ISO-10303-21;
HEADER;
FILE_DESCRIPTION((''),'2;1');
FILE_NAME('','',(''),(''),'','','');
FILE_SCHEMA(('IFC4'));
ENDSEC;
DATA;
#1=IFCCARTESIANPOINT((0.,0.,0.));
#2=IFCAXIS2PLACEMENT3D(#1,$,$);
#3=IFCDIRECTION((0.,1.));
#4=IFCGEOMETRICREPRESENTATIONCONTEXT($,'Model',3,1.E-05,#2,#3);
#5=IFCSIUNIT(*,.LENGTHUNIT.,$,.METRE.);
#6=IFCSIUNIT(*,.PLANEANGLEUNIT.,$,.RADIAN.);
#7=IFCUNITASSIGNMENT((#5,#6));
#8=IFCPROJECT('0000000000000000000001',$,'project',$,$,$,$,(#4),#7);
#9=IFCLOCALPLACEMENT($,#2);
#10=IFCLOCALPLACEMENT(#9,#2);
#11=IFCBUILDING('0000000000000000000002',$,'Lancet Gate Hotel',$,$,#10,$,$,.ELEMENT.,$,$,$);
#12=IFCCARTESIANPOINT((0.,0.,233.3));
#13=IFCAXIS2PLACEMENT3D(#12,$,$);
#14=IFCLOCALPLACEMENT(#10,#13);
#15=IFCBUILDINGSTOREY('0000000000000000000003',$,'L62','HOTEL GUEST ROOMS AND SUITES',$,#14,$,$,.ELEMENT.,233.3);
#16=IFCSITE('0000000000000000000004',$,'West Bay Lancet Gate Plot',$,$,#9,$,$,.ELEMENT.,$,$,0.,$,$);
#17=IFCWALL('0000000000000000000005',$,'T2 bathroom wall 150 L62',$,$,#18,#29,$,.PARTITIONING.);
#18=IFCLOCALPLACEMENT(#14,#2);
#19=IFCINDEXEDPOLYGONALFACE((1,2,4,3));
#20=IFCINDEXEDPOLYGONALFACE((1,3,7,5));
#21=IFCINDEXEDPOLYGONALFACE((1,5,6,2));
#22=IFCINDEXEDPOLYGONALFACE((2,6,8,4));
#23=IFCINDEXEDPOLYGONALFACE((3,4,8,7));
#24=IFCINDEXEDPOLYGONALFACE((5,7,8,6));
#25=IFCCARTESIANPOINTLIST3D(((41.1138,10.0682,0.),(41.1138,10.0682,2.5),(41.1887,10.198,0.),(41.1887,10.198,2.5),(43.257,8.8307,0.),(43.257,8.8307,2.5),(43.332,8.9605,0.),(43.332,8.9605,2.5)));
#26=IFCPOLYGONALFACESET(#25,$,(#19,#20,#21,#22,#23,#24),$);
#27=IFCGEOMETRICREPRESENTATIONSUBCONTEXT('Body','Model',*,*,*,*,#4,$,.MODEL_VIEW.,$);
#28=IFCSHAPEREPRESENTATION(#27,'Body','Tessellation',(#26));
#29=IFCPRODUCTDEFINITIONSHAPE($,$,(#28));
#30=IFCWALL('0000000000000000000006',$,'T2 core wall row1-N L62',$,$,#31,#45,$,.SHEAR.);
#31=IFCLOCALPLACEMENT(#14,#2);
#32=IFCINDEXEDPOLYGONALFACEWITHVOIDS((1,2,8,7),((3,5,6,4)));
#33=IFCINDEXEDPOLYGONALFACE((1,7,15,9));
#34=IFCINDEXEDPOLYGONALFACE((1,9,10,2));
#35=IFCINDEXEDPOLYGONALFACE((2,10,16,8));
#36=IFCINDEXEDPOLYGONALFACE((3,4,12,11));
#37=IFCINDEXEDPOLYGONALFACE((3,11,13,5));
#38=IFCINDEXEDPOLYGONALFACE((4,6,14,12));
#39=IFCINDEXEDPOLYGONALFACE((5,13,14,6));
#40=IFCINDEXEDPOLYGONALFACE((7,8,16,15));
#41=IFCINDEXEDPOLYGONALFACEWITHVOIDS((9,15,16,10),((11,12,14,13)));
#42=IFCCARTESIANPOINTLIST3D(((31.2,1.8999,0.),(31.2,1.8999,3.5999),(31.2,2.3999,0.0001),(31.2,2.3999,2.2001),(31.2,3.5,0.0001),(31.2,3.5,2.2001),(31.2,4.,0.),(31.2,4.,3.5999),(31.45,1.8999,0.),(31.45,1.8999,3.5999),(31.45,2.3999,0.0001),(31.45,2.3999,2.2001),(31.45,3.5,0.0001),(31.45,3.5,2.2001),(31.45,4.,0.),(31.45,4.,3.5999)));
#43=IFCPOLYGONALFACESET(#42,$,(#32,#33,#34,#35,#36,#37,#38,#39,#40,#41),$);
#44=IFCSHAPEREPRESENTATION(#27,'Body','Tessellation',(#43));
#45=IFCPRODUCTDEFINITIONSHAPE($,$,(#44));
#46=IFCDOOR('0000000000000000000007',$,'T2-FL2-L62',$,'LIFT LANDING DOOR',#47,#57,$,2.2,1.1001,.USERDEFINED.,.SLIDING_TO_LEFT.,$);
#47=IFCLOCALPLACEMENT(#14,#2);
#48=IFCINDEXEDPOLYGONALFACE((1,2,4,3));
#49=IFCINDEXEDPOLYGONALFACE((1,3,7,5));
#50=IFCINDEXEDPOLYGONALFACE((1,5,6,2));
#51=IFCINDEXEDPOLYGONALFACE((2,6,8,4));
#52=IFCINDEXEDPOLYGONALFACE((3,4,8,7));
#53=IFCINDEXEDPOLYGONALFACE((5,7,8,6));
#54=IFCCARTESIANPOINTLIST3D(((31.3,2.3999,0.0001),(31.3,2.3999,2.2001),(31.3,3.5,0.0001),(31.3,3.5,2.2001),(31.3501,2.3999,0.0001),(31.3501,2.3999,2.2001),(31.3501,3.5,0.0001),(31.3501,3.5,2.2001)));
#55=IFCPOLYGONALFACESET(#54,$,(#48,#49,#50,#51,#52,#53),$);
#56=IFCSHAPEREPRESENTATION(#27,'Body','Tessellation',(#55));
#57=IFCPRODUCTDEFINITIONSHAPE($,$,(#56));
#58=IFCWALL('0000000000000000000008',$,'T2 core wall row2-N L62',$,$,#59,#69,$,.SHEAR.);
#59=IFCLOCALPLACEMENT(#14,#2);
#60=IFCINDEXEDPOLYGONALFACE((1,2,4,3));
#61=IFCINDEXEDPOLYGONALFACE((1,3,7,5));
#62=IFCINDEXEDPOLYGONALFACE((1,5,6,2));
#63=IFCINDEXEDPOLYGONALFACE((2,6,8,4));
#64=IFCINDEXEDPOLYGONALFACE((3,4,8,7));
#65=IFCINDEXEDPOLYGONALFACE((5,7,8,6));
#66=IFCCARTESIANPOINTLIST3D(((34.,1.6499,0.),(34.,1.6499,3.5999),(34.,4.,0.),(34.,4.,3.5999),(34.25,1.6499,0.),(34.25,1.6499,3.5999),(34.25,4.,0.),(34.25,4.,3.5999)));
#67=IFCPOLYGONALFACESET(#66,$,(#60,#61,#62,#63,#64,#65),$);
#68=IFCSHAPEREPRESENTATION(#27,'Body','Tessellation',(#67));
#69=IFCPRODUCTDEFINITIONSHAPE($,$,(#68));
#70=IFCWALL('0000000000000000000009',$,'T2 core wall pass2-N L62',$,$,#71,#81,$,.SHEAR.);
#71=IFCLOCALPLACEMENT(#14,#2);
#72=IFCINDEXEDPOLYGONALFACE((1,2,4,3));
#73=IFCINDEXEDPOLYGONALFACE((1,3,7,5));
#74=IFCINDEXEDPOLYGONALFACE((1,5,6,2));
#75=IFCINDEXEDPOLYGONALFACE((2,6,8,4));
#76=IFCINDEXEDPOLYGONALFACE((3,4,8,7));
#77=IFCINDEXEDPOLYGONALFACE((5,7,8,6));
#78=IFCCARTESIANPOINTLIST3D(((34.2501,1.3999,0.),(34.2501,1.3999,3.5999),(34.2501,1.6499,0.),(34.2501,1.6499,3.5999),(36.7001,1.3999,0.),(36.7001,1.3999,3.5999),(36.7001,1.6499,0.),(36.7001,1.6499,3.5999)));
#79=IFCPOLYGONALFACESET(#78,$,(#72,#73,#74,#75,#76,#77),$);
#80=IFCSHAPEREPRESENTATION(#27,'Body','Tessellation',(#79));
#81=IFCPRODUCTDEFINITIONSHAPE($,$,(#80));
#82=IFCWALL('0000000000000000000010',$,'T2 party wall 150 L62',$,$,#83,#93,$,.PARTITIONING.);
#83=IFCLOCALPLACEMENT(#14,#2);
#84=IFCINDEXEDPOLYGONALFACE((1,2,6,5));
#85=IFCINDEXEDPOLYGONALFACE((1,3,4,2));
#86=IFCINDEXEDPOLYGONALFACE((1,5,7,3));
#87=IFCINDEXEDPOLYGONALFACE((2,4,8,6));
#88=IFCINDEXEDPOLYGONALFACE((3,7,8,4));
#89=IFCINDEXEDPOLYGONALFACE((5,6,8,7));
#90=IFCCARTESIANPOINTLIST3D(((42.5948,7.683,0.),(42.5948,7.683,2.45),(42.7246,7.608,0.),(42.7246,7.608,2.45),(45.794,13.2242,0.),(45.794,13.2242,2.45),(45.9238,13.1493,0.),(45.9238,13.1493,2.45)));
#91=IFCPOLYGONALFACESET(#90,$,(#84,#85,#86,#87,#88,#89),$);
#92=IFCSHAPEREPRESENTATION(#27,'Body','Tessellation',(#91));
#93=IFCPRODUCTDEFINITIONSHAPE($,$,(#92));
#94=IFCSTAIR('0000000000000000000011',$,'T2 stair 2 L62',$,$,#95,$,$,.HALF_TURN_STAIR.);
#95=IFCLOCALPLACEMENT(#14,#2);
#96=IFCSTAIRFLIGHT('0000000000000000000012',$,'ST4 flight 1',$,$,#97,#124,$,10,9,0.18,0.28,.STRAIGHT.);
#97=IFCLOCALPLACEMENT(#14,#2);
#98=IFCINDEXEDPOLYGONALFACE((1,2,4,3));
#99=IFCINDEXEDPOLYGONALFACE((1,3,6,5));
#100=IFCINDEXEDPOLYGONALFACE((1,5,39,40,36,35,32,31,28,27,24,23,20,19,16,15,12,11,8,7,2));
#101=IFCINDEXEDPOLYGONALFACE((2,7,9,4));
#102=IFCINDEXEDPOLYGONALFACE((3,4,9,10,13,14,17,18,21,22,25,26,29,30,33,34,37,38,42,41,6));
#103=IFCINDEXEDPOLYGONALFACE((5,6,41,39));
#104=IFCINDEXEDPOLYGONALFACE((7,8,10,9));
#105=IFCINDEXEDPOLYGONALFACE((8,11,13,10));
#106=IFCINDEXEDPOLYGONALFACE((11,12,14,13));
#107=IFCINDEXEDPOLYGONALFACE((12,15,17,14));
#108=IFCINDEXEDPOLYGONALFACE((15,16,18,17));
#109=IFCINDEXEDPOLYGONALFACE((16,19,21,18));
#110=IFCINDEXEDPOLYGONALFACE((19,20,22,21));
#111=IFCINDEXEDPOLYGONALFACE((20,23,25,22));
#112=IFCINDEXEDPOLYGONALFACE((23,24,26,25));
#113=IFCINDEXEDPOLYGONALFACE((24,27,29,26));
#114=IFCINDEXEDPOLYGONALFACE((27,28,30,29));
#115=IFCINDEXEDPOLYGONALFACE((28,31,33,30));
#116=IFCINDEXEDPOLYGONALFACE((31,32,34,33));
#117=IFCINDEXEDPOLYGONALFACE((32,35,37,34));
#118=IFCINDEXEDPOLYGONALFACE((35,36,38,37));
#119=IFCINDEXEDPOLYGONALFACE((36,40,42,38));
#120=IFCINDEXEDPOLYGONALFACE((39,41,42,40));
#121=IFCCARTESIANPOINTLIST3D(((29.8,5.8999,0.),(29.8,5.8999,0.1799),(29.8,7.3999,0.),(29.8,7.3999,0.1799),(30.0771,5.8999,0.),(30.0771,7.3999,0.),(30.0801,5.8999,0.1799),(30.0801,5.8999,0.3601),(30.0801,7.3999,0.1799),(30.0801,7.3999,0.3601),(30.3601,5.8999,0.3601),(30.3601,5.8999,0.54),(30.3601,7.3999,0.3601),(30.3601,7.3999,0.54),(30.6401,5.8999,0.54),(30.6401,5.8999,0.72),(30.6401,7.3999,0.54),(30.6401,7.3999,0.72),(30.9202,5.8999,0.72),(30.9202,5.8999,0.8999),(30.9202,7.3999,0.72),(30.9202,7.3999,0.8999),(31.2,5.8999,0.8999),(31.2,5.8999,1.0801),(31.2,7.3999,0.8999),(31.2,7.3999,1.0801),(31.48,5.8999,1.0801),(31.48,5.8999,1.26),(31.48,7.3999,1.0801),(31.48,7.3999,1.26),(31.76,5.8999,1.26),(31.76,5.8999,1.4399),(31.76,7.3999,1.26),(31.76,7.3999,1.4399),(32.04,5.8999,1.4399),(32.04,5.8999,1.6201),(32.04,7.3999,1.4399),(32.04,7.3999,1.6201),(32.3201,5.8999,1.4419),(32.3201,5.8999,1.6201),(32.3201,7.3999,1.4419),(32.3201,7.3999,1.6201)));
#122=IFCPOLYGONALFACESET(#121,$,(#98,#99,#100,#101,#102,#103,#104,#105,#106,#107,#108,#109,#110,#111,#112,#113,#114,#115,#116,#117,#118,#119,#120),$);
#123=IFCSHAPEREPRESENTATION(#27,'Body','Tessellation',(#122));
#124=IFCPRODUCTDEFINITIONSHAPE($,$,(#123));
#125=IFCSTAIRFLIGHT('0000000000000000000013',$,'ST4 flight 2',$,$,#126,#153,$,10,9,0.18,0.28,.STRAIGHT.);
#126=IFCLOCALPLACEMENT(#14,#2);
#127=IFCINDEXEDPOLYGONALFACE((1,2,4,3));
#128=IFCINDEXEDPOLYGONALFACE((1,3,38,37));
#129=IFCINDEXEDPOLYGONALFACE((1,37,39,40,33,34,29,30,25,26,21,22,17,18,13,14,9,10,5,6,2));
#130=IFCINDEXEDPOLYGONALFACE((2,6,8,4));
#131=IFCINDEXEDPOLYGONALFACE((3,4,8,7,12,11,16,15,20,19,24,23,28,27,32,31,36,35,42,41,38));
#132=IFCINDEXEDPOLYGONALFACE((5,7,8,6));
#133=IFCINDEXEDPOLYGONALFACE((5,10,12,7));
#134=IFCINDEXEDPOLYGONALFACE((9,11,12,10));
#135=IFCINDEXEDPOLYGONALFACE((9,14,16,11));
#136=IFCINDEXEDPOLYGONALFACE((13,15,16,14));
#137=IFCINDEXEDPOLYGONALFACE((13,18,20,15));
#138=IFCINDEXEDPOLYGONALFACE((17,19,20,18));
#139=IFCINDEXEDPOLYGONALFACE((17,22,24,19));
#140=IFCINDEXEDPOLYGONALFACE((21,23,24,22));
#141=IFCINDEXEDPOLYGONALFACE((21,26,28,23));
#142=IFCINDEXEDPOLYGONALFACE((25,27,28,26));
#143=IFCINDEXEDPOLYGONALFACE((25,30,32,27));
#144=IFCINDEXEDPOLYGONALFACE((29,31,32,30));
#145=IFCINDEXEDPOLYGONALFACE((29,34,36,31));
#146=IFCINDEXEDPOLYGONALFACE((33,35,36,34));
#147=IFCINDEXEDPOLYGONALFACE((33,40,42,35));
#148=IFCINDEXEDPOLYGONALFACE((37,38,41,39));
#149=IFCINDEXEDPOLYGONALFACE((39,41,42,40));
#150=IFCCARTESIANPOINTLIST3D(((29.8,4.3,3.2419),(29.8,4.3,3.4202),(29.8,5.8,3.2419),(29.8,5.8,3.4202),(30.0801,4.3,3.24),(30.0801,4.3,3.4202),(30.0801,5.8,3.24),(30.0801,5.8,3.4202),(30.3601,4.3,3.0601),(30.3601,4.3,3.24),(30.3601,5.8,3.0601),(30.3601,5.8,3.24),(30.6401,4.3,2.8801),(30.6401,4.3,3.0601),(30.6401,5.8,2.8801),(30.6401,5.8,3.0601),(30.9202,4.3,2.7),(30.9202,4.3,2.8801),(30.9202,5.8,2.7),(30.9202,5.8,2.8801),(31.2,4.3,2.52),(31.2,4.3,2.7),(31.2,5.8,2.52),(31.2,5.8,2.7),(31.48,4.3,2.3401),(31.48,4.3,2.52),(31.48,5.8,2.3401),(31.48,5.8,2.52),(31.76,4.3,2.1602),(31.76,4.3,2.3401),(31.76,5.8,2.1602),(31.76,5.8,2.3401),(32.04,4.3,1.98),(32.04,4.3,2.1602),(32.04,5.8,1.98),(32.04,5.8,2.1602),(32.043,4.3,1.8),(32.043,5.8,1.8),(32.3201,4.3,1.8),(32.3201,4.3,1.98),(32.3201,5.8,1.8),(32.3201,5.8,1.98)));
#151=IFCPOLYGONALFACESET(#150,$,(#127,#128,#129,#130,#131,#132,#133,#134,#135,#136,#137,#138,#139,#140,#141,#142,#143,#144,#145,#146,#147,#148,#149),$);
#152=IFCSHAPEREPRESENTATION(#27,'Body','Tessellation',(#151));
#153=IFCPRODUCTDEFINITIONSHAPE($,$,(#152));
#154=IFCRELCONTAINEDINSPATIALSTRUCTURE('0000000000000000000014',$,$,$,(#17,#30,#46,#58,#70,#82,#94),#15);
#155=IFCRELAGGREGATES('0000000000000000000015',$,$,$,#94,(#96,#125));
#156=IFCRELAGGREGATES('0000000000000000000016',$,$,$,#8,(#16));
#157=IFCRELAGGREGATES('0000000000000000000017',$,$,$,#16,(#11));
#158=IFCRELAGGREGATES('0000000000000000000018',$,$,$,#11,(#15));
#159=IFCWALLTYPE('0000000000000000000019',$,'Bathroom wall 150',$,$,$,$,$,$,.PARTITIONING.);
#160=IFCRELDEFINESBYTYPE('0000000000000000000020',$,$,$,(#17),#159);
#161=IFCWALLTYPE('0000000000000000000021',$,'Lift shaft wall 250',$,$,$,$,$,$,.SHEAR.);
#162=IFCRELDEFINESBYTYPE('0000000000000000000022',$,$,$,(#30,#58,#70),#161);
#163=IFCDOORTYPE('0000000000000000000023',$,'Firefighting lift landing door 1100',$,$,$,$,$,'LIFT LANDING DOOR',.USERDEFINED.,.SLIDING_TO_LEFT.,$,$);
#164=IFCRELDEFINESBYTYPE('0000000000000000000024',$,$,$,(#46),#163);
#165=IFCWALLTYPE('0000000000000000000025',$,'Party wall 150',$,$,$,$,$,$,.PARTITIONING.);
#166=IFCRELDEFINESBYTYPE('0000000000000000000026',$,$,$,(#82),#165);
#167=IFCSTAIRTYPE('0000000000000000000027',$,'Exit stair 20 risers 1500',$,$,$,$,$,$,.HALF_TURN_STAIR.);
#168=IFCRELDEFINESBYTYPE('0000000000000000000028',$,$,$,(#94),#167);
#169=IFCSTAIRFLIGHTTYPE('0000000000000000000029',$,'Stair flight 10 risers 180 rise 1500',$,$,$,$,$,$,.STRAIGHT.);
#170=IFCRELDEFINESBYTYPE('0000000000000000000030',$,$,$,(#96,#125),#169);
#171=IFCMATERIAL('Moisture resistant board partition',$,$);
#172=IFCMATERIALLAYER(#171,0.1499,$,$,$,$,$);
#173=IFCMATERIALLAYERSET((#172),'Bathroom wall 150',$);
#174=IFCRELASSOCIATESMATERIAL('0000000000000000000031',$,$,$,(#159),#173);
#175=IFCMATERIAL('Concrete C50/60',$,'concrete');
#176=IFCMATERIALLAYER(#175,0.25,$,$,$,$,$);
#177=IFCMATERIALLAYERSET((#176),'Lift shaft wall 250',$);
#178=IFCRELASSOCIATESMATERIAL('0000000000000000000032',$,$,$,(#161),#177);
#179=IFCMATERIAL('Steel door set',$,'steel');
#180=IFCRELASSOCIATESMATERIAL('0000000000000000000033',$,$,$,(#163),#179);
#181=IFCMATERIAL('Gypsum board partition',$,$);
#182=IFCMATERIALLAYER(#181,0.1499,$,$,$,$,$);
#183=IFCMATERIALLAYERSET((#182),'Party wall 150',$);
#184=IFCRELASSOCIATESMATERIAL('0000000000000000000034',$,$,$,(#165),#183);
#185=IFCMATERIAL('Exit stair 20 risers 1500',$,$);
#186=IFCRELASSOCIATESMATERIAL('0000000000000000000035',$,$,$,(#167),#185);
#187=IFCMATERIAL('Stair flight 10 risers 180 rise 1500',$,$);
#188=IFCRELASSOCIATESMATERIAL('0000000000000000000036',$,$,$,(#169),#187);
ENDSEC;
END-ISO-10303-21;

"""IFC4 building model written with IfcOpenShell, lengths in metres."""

from ifc_helpers import new_model, si_unit, direction, frame, frame_2d, origin, place, context, subcontext, project, spatial, polyline, rectangle, outline, extrude, material, layer, layer_set, type_object, element, fill, aggregate, save


model = new_model("IFC4")

# Units and contexts
model_context = context("Model", 3, precision=1e-05, world=origin(), true_north=direction((0.0, 1.0)))
body_context = subcontext(model_context, "Body", "Model", "MODEL_VIEW")
ifc_project = project(units=[si_unit("LENGTHUNIT", "METRE"), si_unit("PLANEANGLEUNIT", "RADIAN")], contexts=[model_context])

# Site, building, storey
site_placement = place(None, origin())
site = spatial("IfcSite", under=ifc_project, at=site_placement, Name="West Bay Lancet Gate Plot", CompositionType="ELEMENT", RefElevation=0.0)
building_placement = place(site_placement, origin())
building = spatial("IfcBuilding", under=site, at=building_placement, Name="Lancet Gate Hotel", CompositionType="ELEMENT")
storey_placement = place(building_placement, frame((0.0, 0.0, 233.3)))
storey = spatial("IfcBuildingStorey", under=building, at=storey_placement, Name="L62", Description="HOTEL GUEST ROOMS AND SUITES", CompositionType="ELEMENT", Elevation=233.3)

# Shared definitions
ifc_material_1 = material(Name="Moisture resistant board partition")
ifc_layer_1 = layer(ifc_material_1, 0.1499)
ifc_layer_set_1 = layer_set([ifc_layer_1], Name="Bathroom wall 150")
wall_type_1 = type_object("IfcWallType", Name="Bathroom wall 150", PredefinedType="PARTITIONING", material=ifc_layer_set_1)

# Wall
wall_1_placement = place(storey_placement, frame((41.1514, 10.1331, 0.0), z_axis=(0.0, 0.0, 1.0), x_axis=(0.866007, -0.500033, 0.0)))
element("IfcWall", 1, at=wall_1_placement, inside=storey, type_object=wall_type_1, Name="T2 bathroom wall 150 L62", PredefinedType="PARTITIONING", context=body_context, shape_type="SweptSolid", body=[
    extrude(rectangle(XDim=2.4749, YDim=0.1499, at=frame_2d((1.2373, 0.0))), origin(), (0.0, 0.0, 1.0), 2.5),
])

# Wall, opening, door
ifc_material_2 = material(Name="Concrete C50/60", Category="concrete")
ifc_layer_2 = layer(ifc_material_2, 0.25)
ifc_layer_set_2 = layer_set([ifc_layer_2], Name="Lift shaft wall 250")
wall_type_2 = type_object("IfcWallType", Name="Lift shaft wall 250", PredefinedType="SHEAR", material=ifc_layer_set_2)
wall_2_placement = place(storey_placement, frame((31.325, 1.8999, 0.0), z_axis=(0.0, 0.0, 1.0), x_axis=(0.0, 1.0, 0.0)))
wall_2 = element("IfcWall", 2, at=wall_2_placement, inside=storey, type_object=wall_type_2, Name="T2 core wall row1-N L62", PredefinedType="SHEAR", context=body_context, shape_type="SweptSolid", body=[
    extrude(rectangle(XDim=2.1001, YDim=0.25, at=frame_2d((1.05, 0.0))), origin(), (0.0, 0.0, 1.0), 3.5999),
])
opening_1_placement = place(wall_2_placement, frame((0.5, 0.0, 0.0)))
opening_1 = element("IfcOpeningElement", 3, at=opening_1_placement, cuts=wall_2, PredefinedType="OPENING", context=body_context, shape_type="SweptSolid", body=[
    extrude(rectangle(XDim=1.1001, YDim=2.2, at=frame_2d((0.55, 1.1001))), frame((0.0, 0.135, 0.0), z_axis=(0.0, -1.0, 0.0), x_axis=(1.0, 0.0, 0.0)), (0.0, 0.0, 1.0), 0.27),
])
ifc_material_3 = material(Name="Steel door set", Category="steel")
door_type_1 = type_object("IfcDoorType", Name="Firefighting lift landing door 1100", ElementType="LIFT LANDING DOOR", OperationType="SLIDING_TO_LEFT", PredefinedType="USERDEFINED", material=ifc_material_3)
door_1_placement = place(opening_1_placement, origin())
door_1 = element("IfcDoor", 4, at=door_1_placement, inside=storey, type_object=door_type_1, Name="T2-FL2-L62", ObjectType="LIFT LANDING DOOR", OperationType="SLIDING_TO_LEFT", OverallHeight=2.2, OverallWidth=1.1001, PredefinedType="USERDEFINED", context=body_context, shape_type="SweptSolid", body=[
    extrude(rectangle(XDim=1.1001, YDim=2.2, at=frame_2d((0.55, 1.1001))), frame((0.0, 0.0249, 0.0), z_axis=(0.0, -1.0, 0.0), x_axis=(1.0, 0.0, 0.0)), (0.0, 0.0, 1.0), 0.05),
])
fill(opening_1, door_1)

# Walls
wall_3_placement = place(storey_placement, frame((34.125, 1.6499, 0.0), z_axis=(0.0, 0.0, 1.0), x_axis=(0.0, 1.0, 0.0)))
element("IfcWall", 5, at=wall_3_placement, inside=storey, type_object=wall_type_2, Name="T2 core wall row2-N L62", PredefinedType="SHEAR", context=body_context, shape_type="SweptSolid", body=[
    extrude(rectangle(XDim=2.3501, YDim=0.25, at=frame_2d((1.175, 0.0))), origin(), (0.0, 0.0, 1.0), 3.5999),
])
wall_4_placement = place(storey_placement, frame((34.25, 1.5249, 0.0), z_axis=(0.0, 0.0, 1.0), x_axis=(1.0, 0.0, 0.0)))
element("IfcWall", 6, at=wall_4_placement, inside=storey, type_object=wall_type_2, Name="T2 core wall pass2-N L62", PredefinedType="SHEAR", context=body_context, shape_type="SweptSolid", body=[
    extrude(rectangle(XDim=2.45, YDim=0.25, at=frame_2d((1.2251, 0.0))), origin(), (0.0, 0.0, 1.0), 3.5999),
])
ifc_material_4 = material(Name="Gypsum board partition")
ifc_layer_3 = layer(ifc_material_4, 0.1499)
ifc_layer_set_3 = layer_set([ifc_layer_3], Name="Party wall 150")
wall_type_3 = type_object("IfcWallType", Name="Party wall 150", PredefinedType="PARTITIONING", material=ifc_layer_set_3)
wall_5_placement = place(storey_placement, frame((42.6597, 7.6455, 0.0), z_axis=(0.0, 0.0, 1.0), x_axis=(0.499997, 0.866027, 0.0)))
element("IfcWall", 7, at=wall_5_placement, inside=storey, type_object=wall_type_3, Name="T2 party wall 150 L62", PredefinedType="PARTITIONING", context=body_context, shape_type="SweptSolid", body=[
    extrude(rectangle(XDim=6.3984, YDim=0.1499, at=frame_2d((3.1992, 0.0))), origin(), (0.0, 0.0, 1.0), 2.45),
])

# Stair, stair flights
ifc_material_5 = material(Name="Exit stair 20 risers 1500")
stair_type = type_object("IfcStairType", Name="Exit stair 20 risers 1500", PredefinedType="HALF_TURN_STAIR", material=ifc_material_5)
stair_placement = place(storey_placement, origin())
stair = element("IfcStair", 8, at=stair_placement, inside=storey, type_object=stair_type, Name="T2 stair 2 L62", PredefinedType="HALF_TURN_STAIR")
ifc_material_6 = material(Name="Stair flight 10 risers 180 rise 1500")
stair_flight_type = type_object("IfcStairFlightType", Name="Stair flight 10 risers 180 rise 1500", PredefinedType="STRAIGHT", material=ifc_material_6)
stair_flight_1_placement = place(storey_placement, frame((29.8, 6.6499, 0.0), z_axis=(0.0, 0.0, 1.0), x_axis=(1.0, 0.0, 0.0)))
stair_flight_1 = element("IfcStairFlight", 9, at=stair_flight_1_placement, type_object=stair_flight_type, Name="ST4 flight 1", NumberOfRisers=10, NumberOfTreads=9, PredefinedType="STRAIGHT", RiserHeight=0.18, TreadLength=0.28, context=body_context, shape_type="SweptSolid", body=[
    extrude(outline(polyline([(0.0, 0.0), (0.0, 0.1799), (0.28, 0.1799), (0.28, 0.3601), (0.5601, 0.3601), (0.5601, 0.54), (0.8401, 0.54), (0.8401, 0.72), (1.1201, 0.72), (1.1201, 0.8999), (1.3999, 0.8999), (1.3999, 1.0801), (1.6799, 1.0801), (1.6799, 1.26), (1.96, 1.26), (1.96, 1.4399), (2.24, 1.4399), (2.24, 1.6201), (2.52, 1.6201), (2.52, 1.8), (2.52, 1.4419), (0.2771, 0.0), (0.0, 0.0)])), frame((0.0, 0.75, 0.0), z_axis=(0.0, -1.0, 0.0), x_axis=(1.0, 0.0, 0.0)), (0.0, 0.0, 1.0), 1.5),
])
stair_flight_2_placement = place(storey_placement, frame((32.3201, 5.05, 1.8), z_axis=(0.0, 0.0, 1.0), x_axis=(-1.0, 0.0, 0.0)))
stair_flight_2 = element("IfcStairFlight", 10, at=stair_flight_2_placement, type_object=stair_flight_type, Name="ST4 flight 2", NumberOfRisers=10, NumberOfTreads=9, PredefinedType="STRAIGHT", RiserHeight=0.18, TreadLength=0.28, context=body_context, shape_type="SweptSolid", body=[
    extrude(outline(polyline([(0.0, 0.0), (0.0, 0.1799), (0.28, 0.1799), (0.28, 0.3601), (0.5601, 0.3601), (0.5601, 0.54), (0.8401, 0.54), (0.8401, 0.72), (1.1201, 0.72), (1.1201, 0.8999), (1.3999, 0.8999), (1.3999, 1.0801), (1.6799, 1.0801), (1.6799, 1.26), (1.96, 1.26), (1.96, 1.4399), (2.24, 1.4399), (2.24, 1.6201), (2.52, 1.6201), (2.52, 1.8), (2.52, 1.4419), (0.2771, 0.0), (0.0, 0.0)])), frame((0.0, 0.75, 0.0), z_axis=(0.0, -1.0, 0.0), x_axis=(1.0, 0.0, 0.0)), (0.0, 0.0, 1.0), 1.5),
])
aggregate(stair, [stair_flight_1, stair_flight_2])

save(model, "model.ifc")
